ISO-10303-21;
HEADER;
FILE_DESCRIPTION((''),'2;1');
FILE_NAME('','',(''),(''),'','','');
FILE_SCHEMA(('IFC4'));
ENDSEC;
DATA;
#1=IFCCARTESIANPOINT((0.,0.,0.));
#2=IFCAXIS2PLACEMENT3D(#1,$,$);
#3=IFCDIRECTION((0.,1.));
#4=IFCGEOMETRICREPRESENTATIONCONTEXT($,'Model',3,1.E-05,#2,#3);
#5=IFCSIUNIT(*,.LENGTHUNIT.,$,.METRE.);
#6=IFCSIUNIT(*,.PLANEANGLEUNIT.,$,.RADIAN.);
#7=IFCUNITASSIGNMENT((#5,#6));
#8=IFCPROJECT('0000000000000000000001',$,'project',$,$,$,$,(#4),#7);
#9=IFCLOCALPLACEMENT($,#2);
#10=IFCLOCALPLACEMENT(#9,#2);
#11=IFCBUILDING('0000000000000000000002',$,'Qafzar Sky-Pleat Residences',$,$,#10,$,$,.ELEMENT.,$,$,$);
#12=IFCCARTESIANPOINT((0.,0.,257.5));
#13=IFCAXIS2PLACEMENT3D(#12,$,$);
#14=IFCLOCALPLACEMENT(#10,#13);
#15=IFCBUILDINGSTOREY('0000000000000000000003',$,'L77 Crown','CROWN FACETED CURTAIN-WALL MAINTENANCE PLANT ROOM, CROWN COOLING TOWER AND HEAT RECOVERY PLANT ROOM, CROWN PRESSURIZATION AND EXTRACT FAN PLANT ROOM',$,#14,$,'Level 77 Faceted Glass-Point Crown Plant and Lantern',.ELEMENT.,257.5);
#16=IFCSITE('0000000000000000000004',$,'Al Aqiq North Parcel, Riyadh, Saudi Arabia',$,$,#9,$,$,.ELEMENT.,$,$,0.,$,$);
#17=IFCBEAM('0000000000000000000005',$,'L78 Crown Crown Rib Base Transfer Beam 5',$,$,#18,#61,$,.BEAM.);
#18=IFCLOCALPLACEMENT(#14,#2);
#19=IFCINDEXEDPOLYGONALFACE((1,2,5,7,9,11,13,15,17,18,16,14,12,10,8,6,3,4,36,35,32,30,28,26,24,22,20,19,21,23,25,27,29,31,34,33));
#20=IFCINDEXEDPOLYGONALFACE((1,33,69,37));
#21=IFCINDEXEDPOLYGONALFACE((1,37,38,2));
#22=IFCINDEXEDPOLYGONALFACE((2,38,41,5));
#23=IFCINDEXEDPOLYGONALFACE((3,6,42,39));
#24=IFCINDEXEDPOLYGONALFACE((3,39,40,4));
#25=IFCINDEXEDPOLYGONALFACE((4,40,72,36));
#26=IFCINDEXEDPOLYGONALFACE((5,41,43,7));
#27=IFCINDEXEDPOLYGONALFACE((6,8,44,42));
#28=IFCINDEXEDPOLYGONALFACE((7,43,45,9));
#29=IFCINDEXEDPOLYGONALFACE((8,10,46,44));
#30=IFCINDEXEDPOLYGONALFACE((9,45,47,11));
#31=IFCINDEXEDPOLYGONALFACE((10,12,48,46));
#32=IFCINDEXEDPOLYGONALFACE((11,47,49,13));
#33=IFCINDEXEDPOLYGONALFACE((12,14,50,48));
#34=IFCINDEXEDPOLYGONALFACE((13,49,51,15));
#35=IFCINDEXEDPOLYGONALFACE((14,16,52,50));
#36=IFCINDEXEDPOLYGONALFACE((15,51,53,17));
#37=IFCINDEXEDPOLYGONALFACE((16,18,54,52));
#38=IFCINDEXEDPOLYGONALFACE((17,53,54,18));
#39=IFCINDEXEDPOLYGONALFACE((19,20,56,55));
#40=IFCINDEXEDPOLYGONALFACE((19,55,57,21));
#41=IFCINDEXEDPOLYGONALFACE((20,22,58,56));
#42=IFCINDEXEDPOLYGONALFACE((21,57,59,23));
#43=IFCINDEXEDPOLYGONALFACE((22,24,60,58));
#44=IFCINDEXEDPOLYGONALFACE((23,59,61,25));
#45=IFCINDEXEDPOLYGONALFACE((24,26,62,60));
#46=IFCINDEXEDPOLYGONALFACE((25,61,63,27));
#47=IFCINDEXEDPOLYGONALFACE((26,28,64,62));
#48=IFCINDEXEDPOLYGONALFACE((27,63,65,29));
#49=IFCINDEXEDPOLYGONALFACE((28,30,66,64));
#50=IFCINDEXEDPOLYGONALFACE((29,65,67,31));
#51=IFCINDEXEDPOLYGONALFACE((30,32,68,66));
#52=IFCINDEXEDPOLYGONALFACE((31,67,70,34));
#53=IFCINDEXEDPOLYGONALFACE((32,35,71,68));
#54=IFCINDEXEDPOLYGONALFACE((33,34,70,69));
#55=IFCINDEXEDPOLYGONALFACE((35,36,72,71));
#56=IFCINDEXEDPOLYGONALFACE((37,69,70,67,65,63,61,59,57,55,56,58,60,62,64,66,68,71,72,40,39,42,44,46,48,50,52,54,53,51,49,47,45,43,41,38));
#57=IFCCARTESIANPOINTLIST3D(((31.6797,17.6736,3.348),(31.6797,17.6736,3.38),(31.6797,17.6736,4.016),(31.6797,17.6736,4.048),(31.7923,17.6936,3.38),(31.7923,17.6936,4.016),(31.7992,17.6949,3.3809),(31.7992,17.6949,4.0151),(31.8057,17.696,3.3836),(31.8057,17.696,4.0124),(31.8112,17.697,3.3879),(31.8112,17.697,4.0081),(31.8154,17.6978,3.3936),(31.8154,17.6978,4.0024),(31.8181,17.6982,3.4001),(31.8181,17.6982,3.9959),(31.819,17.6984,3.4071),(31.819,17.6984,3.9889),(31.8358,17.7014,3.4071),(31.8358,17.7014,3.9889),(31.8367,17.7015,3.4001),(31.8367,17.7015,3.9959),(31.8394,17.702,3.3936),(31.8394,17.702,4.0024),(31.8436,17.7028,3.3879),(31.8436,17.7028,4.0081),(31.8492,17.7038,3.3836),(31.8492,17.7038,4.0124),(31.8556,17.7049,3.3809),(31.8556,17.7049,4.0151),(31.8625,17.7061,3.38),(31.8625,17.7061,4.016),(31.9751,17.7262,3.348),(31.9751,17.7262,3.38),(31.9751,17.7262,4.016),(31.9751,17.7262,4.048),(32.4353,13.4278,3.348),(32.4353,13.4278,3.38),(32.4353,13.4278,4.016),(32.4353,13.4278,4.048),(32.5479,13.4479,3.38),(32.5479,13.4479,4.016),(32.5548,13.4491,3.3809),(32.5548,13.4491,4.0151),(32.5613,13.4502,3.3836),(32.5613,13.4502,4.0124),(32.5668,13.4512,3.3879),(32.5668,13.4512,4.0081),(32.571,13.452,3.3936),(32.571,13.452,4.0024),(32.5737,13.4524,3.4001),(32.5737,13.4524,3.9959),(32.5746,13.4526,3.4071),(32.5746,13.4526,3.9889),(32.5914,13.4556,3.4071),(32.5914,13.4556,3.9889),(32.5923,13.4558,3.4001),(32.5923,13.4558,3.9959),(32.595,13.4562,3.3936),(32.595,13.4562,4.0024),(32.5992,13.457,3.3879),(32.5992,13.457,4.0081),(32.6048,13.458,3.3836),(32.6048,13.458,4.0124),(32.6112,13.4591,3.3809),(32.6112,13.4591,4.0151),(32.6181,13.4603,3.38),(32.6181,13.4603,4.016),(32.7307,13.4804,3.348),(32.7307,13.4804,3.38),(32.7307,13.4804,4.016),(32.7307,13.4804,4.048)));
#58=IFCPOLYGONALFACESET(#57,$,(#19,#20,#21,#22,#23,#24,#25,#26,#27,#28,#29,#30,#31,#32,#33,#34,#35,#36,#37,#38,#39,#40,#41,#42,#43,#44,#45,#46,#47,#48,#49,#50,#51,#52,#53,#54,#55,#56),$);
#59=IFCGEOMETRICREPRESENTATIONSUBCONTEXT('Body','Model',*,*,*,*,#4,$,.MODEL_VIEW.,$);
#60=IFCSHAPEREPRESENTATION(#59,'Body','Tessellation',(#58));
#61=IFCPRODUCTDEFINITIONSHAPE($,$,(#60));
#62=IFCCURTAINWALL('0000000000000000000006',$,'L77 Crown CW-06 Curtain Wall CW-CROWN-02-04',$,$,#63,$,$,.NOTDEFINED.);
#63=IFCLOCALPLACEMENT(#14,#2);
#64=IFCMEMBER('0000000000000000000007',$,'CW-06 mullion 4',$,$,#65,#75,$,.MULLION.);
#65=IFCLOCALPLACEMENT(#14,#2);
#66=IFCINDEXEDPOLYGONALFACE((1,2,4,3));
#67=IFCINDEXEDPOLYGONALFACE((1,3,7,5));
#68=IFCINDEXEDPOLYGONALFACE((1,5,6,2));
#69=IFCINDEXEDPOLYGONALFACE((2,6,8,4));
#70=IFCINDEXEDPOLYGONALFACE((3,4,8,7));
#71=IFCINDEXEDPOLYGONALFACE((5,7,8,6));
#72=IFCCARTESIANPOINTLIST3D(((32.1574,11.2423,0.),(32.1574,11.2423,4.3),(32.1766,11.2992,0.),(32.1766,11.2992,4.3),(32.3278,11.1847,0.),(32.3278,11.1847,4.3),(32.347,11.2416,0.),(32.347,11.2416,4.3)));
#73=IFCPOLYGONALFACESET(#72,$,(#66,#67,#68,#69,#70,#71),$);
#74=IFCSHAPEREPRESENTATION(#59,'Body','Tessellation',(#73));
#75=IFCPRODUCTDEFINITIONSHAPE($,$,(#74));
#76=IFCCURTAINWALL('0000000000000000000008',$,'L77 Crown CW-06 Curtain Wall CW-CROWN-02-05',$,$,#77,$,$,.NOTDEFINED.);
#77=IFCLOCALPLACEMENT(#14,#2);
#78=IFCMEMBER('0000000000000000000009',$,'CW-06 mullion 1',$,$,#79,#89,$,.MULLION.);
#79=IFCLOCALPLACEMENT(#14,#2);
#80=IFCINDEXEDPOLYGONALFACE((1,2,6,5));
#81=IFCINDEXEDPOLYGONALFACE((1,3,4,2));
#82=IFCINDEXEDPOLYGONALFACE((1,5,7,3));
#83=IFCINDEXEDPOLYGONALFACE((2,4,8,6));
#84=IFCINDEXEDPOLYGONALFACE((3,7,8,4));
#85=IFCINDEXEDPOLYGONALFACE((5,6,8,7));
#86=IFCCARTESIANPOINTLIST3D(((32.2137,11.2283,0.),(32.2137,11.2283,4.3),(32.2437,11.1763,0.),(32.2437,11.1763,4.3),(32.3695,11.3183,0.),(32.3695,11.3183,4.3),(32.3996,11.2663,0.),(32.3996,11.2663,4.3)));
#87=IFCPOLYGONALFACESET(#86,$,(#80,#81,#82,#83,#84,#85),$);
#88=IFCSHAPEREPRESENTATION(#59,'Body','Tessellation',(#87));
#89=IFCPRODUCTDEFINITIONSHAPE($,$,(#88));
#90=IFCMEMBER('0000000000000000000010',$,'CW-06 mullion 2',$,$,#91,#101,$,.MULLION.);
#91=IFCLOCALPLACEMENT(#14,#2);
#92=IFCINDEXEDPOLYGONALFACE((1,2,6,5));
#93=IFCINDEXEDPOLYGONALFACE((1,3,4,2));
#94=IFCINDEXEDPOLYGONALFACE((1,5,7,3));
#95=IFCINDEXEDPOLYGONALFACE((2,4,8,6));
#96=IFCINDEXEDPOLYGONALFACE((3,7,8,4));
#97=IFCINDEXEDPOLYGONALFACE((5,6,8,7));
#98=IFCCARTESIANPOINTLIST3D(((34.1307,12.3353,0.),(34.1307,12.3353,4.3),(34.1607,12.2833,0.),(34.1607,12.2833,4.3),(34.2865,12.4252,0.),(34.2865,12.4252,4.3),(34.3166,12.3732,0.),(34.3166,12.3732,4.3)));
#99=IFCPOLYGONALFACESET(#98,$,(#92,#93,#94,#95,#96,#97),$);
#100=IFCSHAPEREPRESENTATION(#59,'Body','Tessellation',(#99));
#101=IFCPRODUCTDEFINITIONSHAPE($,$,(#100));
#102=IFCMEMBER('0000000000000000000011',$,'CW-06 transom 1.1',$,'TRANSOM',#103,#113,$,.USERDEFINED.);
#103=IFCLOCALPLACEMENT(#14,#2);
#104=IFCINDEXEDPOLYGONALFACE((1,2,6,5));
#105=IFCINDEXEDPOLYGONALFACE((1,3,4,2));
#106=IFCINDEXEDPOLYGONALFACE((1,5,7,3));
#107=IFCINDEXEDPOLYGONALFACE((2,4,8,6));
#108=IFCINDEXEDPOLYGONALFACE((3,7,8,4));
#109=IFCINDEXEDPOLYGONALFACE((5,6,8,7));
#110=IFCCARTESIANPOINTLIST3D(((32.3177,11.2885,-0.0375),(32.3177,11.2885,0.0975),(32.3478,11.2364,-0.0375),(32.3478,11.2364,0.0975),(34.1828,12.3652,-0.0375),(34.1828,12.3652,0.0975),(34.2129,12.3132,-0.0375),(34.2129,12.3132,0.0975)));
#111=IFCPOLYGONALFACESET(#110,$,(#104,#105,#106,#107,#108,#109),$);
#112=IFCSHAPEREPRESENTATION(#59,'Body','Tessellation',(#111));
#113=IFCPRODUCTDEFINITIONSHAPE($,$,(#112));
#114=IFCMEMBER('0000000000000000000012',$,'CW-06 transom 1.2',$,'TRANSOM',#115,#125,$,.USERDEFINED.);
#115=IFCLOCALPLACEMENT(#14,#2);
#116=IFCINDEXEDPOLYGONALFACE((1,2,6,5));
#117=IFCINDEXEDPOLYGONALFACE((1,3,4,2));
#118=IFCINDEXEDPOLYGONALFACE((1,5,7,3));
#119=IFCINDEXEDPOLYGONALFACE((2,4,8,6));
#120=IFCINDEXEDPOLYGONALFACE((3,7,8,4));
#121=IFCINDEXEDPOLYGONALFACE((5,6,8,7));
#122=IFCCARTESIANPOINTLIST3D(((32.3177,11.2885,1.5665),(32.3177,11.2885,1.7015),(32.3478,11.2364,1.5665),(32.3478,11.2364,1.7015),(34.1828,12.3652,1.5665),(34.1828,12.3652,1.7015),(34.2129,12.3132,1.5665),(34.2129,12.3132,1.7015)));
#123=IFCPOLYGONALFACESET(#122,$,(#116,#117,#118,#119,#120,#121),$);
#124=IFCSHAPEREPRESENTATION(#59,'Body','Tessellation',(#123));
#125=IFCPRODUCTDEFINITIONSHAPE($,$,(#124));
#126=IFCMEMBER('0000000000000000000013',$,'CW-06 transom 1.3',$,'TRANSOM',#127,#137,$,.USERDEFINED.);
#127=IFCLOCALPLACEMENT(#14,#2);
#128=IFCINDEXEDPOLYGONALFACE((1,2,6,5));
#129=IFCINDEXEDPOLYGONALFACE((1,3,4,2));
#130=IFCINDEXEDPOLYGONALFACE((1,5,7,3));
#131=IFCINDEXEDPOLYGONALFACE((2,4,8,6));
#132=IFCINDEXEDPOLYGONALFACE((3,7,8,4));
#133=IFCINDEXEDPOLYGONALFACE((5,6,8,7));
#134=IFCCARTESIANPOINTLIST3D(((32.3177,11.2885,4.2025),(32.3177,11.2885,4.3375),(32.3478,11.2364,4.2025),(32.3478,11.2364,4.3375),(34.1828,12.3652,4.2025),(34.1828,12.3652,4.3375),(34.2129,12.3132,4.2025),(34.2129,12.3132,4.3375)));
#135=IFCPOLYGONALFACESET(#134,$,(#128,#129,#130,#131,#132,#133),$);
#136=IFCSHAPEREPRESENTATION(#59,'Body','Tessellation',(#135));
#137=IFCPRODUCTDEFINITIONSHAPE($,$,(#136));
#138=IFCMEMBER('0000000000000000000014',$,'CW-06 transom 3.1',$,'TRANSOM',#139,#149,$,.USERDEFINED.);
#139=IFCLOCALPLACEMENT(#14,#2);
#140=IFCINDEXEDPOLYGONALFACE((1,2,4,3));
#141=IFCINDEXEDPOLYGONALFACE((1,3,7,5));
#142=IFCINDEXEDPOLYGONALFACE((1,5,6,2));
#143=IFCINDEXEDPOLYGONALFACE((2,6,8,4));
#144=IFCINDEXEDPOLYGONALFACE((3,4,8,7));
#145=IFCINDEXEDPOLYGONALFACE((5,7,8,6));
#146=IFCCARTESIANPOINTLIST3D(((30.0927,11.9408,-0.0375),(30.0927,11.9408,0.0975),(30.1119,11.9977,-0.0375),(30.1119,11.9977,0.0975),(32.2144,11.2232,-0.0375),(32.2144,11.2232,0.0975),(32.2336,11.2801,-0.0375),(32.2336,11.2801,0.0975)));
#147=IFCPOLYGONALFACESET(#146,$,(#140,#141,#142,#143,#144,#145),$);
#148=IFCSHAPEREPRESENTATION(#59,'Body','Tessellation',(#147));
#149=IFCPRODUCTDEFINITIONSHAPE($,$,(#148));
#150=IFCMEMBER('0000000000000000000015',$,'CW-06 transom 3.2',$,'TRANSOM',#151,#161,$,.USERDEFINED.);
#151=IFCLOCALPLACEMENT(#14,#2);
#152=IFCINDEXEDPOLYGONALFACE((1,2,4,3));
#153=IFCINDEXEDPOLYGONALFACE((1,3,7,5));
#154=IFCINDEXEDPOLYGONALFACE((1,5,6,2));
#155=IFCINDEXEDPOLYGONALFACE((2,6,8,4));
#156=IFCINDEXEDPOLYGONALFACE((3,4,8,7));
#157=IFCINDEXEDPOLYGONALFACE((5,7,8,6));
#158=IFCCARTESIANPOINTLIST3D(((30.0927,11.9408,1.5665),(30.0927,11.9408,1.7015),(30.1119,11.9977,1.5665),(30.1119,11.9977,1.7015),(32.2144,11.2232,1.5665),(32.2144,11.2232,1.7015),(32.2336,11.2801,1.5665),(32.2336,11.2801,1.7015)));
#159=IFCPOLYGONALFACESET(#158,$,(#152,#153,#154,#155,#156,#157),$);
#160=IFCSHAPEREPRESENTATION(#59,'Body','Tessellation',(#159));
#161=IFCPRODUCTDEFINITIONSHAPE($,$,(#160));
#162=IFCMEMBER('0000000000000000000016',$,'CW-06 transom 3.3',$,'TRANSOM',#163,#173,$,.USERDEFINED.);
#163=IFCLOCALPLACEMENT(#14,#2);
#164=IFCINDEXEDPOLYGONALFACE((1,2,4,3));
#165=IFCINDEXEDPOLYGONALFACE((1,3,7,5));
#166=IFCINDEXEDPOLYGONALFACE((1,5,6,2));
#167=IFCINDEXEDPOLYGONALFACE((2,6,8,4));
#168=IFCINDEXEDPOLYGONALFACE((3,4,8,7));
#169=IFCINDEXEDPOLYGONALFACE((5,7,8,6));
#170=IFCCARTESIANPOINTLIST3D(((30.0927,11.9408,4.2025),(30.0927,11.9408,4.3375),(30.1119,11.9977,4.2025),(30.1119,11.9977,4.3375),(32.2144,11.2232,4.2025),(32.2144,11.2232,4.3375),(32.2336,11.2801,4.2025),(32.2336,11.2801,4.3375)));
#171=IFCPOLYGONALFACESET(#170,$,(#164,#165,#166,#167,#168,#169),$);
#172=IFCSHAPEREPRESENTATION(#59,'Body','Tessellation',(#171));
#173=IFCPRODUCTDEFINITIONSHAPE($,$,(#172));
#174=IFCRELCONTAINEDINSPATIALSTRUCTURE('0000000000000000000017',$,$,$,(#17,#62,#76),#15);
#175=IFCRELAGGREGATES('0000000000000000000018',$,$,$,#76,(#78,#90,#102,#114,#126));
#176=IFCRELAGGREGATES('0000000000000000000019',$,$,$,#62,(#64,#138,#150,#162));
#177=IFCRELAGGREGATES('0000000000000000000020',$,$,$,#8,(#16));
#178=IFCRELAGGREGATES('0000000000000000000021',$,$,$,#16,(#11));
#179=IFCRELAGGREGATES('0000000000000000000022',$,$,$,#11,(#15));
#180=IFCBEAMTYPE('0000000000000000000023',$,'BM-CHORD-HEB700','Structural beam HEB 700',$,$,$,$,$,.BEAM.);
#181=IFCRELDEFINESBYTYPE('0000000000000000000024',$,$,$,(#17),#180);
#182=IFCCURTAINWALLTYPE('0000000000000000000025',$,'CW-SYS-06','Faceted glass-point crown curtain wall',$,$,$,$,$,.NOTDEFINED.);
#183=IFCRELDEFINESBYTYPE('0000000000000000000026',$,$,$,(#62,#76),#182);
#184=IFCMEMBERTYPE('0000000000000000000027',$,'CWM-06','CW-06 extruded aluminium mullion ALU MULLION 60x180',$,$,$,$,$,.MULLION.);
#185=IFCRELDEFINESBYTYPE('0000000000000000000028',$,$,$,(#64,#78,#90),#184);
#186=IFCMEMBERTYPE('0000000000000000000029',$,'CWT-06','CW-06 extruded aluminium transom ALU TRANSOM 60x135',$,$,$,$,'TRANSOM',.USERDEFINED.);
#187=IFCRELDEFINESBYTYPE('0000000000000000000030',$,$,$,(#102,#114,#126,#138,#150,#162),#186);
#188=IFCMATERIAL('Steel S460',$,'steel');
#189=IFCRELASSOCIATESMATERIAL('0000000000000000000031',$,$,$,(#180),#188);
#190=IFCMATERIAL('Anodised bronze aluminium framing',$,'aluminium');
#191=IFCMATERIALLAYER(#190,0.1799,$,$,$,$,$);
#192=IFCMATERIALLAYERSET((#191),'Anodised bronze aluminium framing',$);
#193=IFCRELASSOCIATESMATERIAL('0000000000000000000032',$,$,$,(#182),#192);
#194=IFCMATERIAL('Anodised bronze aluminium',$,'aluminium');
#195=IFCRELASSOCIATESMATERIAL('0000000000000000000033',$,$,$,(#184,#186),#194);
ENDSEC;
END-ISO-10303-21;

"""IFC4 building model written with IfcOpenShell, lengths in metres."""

from ifc_helpers import new_model, si_unit, direction, frame, origin, origin_2d, place, context, subcontext, project, spatial, rectangle, i_section, extrude, source, transform, mapped, material, layer, layer_set, material_profile, profile_set, type_object, element, aggregate, save


model = new_model("IFC4")

# Units and contexts
model_context = context("Model", 3, precision=1e-05, world=origin(), true_north=direction((0.0, 1.0)))
body_context = subcontext(model_context, "Body", "Model", "MODEL_VIEW")
ifc_project = project(units=[si_unit("LENGTHUNIT", "METRE"), si_unit("PLANEANGLEUNIT", "RADIAN")], contexts=[model_context])

# Site, building, storey
site_placement = place(None, origin())
site = spatial("IfcSite", under=ifc_project, at=site_placement, Name="Al Aqiq North Parcel, Riyadh, Saudi Arabia", CompositionType="ELEMENT", RefElevation=0.0)
building_placement = place(site_placement, origin())
building = spatial("IfcBuilding", under=site, at=building_placement, Name="Qafzar Sky-Pleat Residences", CompositionType="ELEMENT")
storey_placement = place(building_placement, frame((0.0, 0.0, 257.5)))
storey = spatial("IfcBuildingStorey", under=building, at=storey_placement, Name="L77 Crown", Description="CROWN FACETED CURTAIN-WALL MAINTENANCE PLANT ROOM, CROWN COOLING TOWER AND HEAT RECOVERY PLANT ROOM, CROWN PRESSURIZATION AND EXTRACT FAN PLANT ROOM", LongName="Level 77 Faceted Glass-Point Crown Plant and Lantern", CompositionType="ELEMENT", Elevation=257.5)

# Shared definitions
ifc_material_1 = material(Name="Steel S460", Category="steel")

# Beam
ifc_material_profile_1 = material_profile(ifc_material_1, i_section(OverallWidth=0.3, OverallDepth=0.7, WebThickness=0.0171, FlangeThickness=0.032, FilletRadius=0.0271, at=origin_2d()), Name="HEB 700")
ifc_profile_set_1 = profile_set([ifc_material_profile_1], Name="Steel S460")
beam_type = type_object("IfcBeamType", Name="BM-CHORD-HEB700", Description="Structural beam HEB 700", PredefinedType="BEAM", material=ifc_profile_set_1)
shared_shape_1 = source(origin(), body_context, "Body", "SweptSolid", [
    extrude(i_section(OverallWidth=0.3, OverallDepth=0.7, WebThickness=0.0171, FlangeThickness=0.032, FilletRadius=0.0271, at=origin_2d()), origin(), (0.0, 0.0, 1.0), 4.3125),
])
beam_placement = place(storey_placement, frame((32.583, 13.4541, 3.698), z_axis=(-0.175213, 0.984531, 0.0), x_axis=(-0.984531, -0.175213, 0.0)))
element("IfcBeam", 1, at=beam_placement, inside=storey, type_object=beam_type, Name="L78 Crown Crown Rib Base Transfer Beam 5", PredefinedType="BEAM", context=body_context, shape_type="MappedRepresentation", body=[
    mapped(shared_shape_1, transform((0.0, 0.0, 0.0), x_axis=(1.0, 0.0, 0.0), y_axis=(0.0, 1.0, 0.0), z_axis=(0.0, 0.0, 1.0), scale=1.0)),
])

# Curtain wall, member
ifc_material_2 = material(Name="Anodised bronze aluminium framing", Category="aluminium")
ifc_layer_1 = layer(ifc_material_2, 0.1799)
ifc_layer_set_1 = layer_set([ifc_layer_1], Name="Anodised bronze aluminium framing")
curtain_wall_type = type_object("IfcCurtainWallType", Name="CW-SYS-06", Description="Faceted glass-point crown curtain wall", PredefinedType="NOTDEFINED", material=ifc_layer_set_1)
curtain_wall_1_placement = place(storey_placement, origin())
curtain_wall_1 = element("IfcCurtainWall", 2, at=curtain_wall_1_placement, inside=storey, type_object=curtain_wall_type, Name="L77 Crown CW-06 Curtain Wall CW-CROWN-02-04", PredefinedType="NOTDEFINED")
ifc_material_3 = material(Name="Anodised bronze aluminium", Category="aluminium")
ifc_material_profile_2 = material_profile(ifc_material_3, rectangle(XDim=0.0601, YDim=0.1799, at=origin_2d()), Name="ALU MULLION 60x180")
ifc_profile_set_2 = profile_set([ifc_material_profile_2], Name="Anodised bronze aluminium")
member_type_1 = type_object("IfcMemberType", Name="CWM-06", Description="CW-06 extruded aluminium mullion ALU MULLION 60x180", PredefinedType="MULLION", material=ifc_profile_set_2)
shared_shape_2 = source(origin(), body_context, "Body", "SweptSolid", [
    extrude(rectangle(XDim=0.0601, YDim=0.1799, at=origin_2d()), origin(), (0.0, 0.0, 1.0), 4.3),
])
member_1_placement = place(storey_placement, frame((32.2522, 11.2419, 0.0), z_axis=(0.0, 0.0, 1.0), x_axis=(0.320448, 0.947266, 0.0)))
member_1 = element("IfcMember", 3, at=member_1_placement, type_object=member_type_1, Name="CW-06 mullion 4", PredefinedType="MULLION", context=body_context, shape_type="MappedRepresentation", body=[
    mapped(shared_shape_2, transform((0.0, 0.0, 0.0), x_axis=(1.0, 0.0, 0.0), y_axis=(0.0, 1.0, 0.0), z_axis=(0.0, 0.0, 1.0), scale=1.0)),
])

# Curtain wall, members
curtain_wall_2_placement = place(storey_placement, origin())
curtain_wall_2 = element("IfcCurtainWall", 4, at=curtain_wall_2_placement, inside=storey, type_object=curtain_wall_type, Name="L77 Crown CW-06 Curtain Wall CW-CROWN-02-05", PredefinedType="NOTDEFINED")
member_2_placement = place(storey_placement, frame((32.3066, 11.2473, 0.0), z_axis=(0.0, 0.0, 1.0), x_axis=(-0.500003, 0.866024, 0.0)))
member_2 = element("IfcMember", 5, at=member_2_placement, type_object=member_type_1, Name="CW-06 mullion 1", PredefinedType="MULLION", context=body_context, shape_type="MappedRepresentation", body=[
    mapped(shared_shape_2, transform((0.0, 0.0, 0.0), x_axis=(1.0, 0.0, 0.0), y_axis=(0.0, 1.0, 0.0), z_axis=(0.0, 0.0, 1.0), scale=1.0)),
])
member_3_placement = place(storey_placement, frame((34.2236, 12.3542, 0.0), z_axis=(0.0, 0.0, 1.0), x_axis=(-0.500003, 0.866024, 0.0)))
member_3 = element("IfcMember", 6, at=member_3_placement, type_object=member_type_1, Name="CW-06 mullion 2", PredefinedType="MULLION", context=body_context, shape_type="MappedRepresentation", body=[
    mapped(shared_shape_2, transform((0.0, 0.0, 0.0), x_axis=(1.0, 0.0, 0.0), y_axis=(0.0, 1.0, 0.0), z_axis=(0.0, 0.0, 1.0), scale=1.0)),
])
ifc_material_profile_3 = material_profile(ifc_material_3, rectangle(XDim=0.0601, YDim=0.135, at=origin_2d()), Name="ALU TRANSOM 60x135")
ifc_profile_set_3 = profile_set([ifc_material_profile_3], Name="Anodised bronze aluminium")
member_type_2 = type_object("IfcMemberType", Name="CWT-06", Description="CW-06 extruded aluminium transom ALU TRANSOM 60x135", ElementType="TRANSOM", PredefinedType="USERDEFINED", material=ifc_profile_set_3)
shared_shape_3 = source(origin(), body_context, "Body", "SweptSolid", [
    extrude(rectangle(XDim=0.0601, YDim=0.135, at=origin_2d()), origin(), (0.0, 0.0, 1.0), 2.1536),
])
member_4_placement = place(storey_placement, frame((32.3328, 11.2625, 0.03), z_axis=(0.866044, 0.499968, 0.0), x_axis=(-0.499968, 0.866044, 0.0)))
member_4 = element("IfcMember", 7, at=member_4_placement, type_object=member_type_2, Name="CW-06 transom 1.1", ObjectType="TRANSOM", PredefinedType="USERDEFINED", context=body_context, shape_type="MappedRepresentation", body=[
    mapped(shared_shape_3, transform((0.0, 0.0, 0.0), x_axis=(1.0, 0.0, 0.0), y_axis=(0.0, 1.0, 0.0), z_axis=(0.0, 0.0, 1.0), scale=1.0)),
])
member_5_placement = place(storey_placement, frame((32.3328, 11.2625, 1.634), z_axis=(0.866044, 0.499968, 0.0), x_axis=(-0.499968, 0.866044, 0.0)))
member_5 = element("IfcMember", 8, at=member_5_placement, type_object=member_type_2, Name="CW-06 transom 1.2", ObjectType="TRANSOM", PredefinedType="USERDEFINED", context=body_context, shape_type="MappedRepresentation", body=[
    mapped(shared_shape_3, transform((0.0, 0.0, 0.0), x_axis=(1.0, 0.0, 0.0), y_axis=(0.0, 1.0, 0.0), z_axis=(0.0, 0.0, 1.0), scale=1.0)),
])
member_6_placement = place(storey_placement, frame((32.3328, 11.2625, 4.27), z_axis=(0.866044, 0.499968, 0.0), x_axis=(-0.499968, 0.866044, 0.0)))
member_6 = element("IfcMember", 9, at=member_6_placement, type_object=member_type_2, Name="CW-06 transom 1.3", ObjectType="TRANSOM", PredefinedType="USERDEFINED", context=body_context, shape_type="MappedRepresentation", body=[
    mapped(shared_shape_3, transform((0.0, 0.0, 0.0), x_axis=(1.0, 0.0, 0.0), y_axis=(0.0, 1.0, 0.0), z_axis=(0.0, 0.0, 1.0), scale=1.0)),
])

# Members
shared_shape_4 = source(origin(), body_context, "Body", "SweptSolid", [
    extrude(rectangle(XDim=0.0601, YDim=0.135, at=origin_2d()), origin(), (0.0, 0.0, 1.0), 2.2397),
])
member_7_placement = place(storey_placement, frame((30.1023, 11.9692, 0.03), z_axis=(0.94729, -0.320378, 0.0), x_axis=(0.320378, 0.94729, 0.0)))
member_7 = element("IfcMember", 10, at=member_7_placement, type_object=member_type_2, Name="CW-06 transom 3.1", ObjectType="TRANSOM", PredefinedType="USERDEFINED", context=body_context, shape_type="MappedRepresentation", body=[
    mapped(shared_shape_4, transform((0.0, 0.0, 0.0), x_axis=(1.0, 0.0, 0.0), y_axis=(0.0, 1.0, 0.0), z_axis=(0.0, 0.0, 1.0), scale=1.0)),
])
member_8_placement = place(storey_placement, frame((30.1023, 11.9692, 1.634), z_axis=(0.94729, -0.320378, 0.0), x_axis=(0.320378, 0.94729, 0.0)))
member_8 = element("IfcMember", 11, at=member_8_placement, type_object=member_type_2, Name="CW-06 transom 3.2", ObjectType="TRANSOM", PredefinedType="USERDEFINED", context=body_context, shape_type="MappedRepresentation", body=[
    mapped(shared_shape_4, transform((0.0, 0.0, 0.0), x_axis=(1.0, 0.0, 0.0), y_axis=(0.0, 1.0, 0.0), z_axis=(0.0, 0.0, 1.0), scale=1.0)),
])
member_9_placement = place(storey_placement, frame((30.1023, 11.9692, 4.27), z_axis=(0.94729, -0.320378, 0.0), x_axis=(0.320378, 0.94729, 0.0)))
member_9 = element("IfcMember", 12, at=member_9_placement, type_object=member_type_2, Name="CW-06 transom 3.3", ObjectType="TRANSOM", PredefinedType="USERDEFINED", context=body_context, shape_type="MappedRepresentation", body=[
    mapped(shared_shape_4, transform((0.0, 0.0, 0.0), x_axis=(1.0, 0.0, 0.0), y_axis=(0.0, 1.0, 0.0), z_axis=(0.0, 0.0, 1.0), scale=1.0)),
])

aggregate(curtain_wall_2, [member_2, member_3, member_4, member_5, member_6])
aggregate(curtain_wall_1, [member_1, member_7, member_8, member_9])

save(model, "model.ifc")
